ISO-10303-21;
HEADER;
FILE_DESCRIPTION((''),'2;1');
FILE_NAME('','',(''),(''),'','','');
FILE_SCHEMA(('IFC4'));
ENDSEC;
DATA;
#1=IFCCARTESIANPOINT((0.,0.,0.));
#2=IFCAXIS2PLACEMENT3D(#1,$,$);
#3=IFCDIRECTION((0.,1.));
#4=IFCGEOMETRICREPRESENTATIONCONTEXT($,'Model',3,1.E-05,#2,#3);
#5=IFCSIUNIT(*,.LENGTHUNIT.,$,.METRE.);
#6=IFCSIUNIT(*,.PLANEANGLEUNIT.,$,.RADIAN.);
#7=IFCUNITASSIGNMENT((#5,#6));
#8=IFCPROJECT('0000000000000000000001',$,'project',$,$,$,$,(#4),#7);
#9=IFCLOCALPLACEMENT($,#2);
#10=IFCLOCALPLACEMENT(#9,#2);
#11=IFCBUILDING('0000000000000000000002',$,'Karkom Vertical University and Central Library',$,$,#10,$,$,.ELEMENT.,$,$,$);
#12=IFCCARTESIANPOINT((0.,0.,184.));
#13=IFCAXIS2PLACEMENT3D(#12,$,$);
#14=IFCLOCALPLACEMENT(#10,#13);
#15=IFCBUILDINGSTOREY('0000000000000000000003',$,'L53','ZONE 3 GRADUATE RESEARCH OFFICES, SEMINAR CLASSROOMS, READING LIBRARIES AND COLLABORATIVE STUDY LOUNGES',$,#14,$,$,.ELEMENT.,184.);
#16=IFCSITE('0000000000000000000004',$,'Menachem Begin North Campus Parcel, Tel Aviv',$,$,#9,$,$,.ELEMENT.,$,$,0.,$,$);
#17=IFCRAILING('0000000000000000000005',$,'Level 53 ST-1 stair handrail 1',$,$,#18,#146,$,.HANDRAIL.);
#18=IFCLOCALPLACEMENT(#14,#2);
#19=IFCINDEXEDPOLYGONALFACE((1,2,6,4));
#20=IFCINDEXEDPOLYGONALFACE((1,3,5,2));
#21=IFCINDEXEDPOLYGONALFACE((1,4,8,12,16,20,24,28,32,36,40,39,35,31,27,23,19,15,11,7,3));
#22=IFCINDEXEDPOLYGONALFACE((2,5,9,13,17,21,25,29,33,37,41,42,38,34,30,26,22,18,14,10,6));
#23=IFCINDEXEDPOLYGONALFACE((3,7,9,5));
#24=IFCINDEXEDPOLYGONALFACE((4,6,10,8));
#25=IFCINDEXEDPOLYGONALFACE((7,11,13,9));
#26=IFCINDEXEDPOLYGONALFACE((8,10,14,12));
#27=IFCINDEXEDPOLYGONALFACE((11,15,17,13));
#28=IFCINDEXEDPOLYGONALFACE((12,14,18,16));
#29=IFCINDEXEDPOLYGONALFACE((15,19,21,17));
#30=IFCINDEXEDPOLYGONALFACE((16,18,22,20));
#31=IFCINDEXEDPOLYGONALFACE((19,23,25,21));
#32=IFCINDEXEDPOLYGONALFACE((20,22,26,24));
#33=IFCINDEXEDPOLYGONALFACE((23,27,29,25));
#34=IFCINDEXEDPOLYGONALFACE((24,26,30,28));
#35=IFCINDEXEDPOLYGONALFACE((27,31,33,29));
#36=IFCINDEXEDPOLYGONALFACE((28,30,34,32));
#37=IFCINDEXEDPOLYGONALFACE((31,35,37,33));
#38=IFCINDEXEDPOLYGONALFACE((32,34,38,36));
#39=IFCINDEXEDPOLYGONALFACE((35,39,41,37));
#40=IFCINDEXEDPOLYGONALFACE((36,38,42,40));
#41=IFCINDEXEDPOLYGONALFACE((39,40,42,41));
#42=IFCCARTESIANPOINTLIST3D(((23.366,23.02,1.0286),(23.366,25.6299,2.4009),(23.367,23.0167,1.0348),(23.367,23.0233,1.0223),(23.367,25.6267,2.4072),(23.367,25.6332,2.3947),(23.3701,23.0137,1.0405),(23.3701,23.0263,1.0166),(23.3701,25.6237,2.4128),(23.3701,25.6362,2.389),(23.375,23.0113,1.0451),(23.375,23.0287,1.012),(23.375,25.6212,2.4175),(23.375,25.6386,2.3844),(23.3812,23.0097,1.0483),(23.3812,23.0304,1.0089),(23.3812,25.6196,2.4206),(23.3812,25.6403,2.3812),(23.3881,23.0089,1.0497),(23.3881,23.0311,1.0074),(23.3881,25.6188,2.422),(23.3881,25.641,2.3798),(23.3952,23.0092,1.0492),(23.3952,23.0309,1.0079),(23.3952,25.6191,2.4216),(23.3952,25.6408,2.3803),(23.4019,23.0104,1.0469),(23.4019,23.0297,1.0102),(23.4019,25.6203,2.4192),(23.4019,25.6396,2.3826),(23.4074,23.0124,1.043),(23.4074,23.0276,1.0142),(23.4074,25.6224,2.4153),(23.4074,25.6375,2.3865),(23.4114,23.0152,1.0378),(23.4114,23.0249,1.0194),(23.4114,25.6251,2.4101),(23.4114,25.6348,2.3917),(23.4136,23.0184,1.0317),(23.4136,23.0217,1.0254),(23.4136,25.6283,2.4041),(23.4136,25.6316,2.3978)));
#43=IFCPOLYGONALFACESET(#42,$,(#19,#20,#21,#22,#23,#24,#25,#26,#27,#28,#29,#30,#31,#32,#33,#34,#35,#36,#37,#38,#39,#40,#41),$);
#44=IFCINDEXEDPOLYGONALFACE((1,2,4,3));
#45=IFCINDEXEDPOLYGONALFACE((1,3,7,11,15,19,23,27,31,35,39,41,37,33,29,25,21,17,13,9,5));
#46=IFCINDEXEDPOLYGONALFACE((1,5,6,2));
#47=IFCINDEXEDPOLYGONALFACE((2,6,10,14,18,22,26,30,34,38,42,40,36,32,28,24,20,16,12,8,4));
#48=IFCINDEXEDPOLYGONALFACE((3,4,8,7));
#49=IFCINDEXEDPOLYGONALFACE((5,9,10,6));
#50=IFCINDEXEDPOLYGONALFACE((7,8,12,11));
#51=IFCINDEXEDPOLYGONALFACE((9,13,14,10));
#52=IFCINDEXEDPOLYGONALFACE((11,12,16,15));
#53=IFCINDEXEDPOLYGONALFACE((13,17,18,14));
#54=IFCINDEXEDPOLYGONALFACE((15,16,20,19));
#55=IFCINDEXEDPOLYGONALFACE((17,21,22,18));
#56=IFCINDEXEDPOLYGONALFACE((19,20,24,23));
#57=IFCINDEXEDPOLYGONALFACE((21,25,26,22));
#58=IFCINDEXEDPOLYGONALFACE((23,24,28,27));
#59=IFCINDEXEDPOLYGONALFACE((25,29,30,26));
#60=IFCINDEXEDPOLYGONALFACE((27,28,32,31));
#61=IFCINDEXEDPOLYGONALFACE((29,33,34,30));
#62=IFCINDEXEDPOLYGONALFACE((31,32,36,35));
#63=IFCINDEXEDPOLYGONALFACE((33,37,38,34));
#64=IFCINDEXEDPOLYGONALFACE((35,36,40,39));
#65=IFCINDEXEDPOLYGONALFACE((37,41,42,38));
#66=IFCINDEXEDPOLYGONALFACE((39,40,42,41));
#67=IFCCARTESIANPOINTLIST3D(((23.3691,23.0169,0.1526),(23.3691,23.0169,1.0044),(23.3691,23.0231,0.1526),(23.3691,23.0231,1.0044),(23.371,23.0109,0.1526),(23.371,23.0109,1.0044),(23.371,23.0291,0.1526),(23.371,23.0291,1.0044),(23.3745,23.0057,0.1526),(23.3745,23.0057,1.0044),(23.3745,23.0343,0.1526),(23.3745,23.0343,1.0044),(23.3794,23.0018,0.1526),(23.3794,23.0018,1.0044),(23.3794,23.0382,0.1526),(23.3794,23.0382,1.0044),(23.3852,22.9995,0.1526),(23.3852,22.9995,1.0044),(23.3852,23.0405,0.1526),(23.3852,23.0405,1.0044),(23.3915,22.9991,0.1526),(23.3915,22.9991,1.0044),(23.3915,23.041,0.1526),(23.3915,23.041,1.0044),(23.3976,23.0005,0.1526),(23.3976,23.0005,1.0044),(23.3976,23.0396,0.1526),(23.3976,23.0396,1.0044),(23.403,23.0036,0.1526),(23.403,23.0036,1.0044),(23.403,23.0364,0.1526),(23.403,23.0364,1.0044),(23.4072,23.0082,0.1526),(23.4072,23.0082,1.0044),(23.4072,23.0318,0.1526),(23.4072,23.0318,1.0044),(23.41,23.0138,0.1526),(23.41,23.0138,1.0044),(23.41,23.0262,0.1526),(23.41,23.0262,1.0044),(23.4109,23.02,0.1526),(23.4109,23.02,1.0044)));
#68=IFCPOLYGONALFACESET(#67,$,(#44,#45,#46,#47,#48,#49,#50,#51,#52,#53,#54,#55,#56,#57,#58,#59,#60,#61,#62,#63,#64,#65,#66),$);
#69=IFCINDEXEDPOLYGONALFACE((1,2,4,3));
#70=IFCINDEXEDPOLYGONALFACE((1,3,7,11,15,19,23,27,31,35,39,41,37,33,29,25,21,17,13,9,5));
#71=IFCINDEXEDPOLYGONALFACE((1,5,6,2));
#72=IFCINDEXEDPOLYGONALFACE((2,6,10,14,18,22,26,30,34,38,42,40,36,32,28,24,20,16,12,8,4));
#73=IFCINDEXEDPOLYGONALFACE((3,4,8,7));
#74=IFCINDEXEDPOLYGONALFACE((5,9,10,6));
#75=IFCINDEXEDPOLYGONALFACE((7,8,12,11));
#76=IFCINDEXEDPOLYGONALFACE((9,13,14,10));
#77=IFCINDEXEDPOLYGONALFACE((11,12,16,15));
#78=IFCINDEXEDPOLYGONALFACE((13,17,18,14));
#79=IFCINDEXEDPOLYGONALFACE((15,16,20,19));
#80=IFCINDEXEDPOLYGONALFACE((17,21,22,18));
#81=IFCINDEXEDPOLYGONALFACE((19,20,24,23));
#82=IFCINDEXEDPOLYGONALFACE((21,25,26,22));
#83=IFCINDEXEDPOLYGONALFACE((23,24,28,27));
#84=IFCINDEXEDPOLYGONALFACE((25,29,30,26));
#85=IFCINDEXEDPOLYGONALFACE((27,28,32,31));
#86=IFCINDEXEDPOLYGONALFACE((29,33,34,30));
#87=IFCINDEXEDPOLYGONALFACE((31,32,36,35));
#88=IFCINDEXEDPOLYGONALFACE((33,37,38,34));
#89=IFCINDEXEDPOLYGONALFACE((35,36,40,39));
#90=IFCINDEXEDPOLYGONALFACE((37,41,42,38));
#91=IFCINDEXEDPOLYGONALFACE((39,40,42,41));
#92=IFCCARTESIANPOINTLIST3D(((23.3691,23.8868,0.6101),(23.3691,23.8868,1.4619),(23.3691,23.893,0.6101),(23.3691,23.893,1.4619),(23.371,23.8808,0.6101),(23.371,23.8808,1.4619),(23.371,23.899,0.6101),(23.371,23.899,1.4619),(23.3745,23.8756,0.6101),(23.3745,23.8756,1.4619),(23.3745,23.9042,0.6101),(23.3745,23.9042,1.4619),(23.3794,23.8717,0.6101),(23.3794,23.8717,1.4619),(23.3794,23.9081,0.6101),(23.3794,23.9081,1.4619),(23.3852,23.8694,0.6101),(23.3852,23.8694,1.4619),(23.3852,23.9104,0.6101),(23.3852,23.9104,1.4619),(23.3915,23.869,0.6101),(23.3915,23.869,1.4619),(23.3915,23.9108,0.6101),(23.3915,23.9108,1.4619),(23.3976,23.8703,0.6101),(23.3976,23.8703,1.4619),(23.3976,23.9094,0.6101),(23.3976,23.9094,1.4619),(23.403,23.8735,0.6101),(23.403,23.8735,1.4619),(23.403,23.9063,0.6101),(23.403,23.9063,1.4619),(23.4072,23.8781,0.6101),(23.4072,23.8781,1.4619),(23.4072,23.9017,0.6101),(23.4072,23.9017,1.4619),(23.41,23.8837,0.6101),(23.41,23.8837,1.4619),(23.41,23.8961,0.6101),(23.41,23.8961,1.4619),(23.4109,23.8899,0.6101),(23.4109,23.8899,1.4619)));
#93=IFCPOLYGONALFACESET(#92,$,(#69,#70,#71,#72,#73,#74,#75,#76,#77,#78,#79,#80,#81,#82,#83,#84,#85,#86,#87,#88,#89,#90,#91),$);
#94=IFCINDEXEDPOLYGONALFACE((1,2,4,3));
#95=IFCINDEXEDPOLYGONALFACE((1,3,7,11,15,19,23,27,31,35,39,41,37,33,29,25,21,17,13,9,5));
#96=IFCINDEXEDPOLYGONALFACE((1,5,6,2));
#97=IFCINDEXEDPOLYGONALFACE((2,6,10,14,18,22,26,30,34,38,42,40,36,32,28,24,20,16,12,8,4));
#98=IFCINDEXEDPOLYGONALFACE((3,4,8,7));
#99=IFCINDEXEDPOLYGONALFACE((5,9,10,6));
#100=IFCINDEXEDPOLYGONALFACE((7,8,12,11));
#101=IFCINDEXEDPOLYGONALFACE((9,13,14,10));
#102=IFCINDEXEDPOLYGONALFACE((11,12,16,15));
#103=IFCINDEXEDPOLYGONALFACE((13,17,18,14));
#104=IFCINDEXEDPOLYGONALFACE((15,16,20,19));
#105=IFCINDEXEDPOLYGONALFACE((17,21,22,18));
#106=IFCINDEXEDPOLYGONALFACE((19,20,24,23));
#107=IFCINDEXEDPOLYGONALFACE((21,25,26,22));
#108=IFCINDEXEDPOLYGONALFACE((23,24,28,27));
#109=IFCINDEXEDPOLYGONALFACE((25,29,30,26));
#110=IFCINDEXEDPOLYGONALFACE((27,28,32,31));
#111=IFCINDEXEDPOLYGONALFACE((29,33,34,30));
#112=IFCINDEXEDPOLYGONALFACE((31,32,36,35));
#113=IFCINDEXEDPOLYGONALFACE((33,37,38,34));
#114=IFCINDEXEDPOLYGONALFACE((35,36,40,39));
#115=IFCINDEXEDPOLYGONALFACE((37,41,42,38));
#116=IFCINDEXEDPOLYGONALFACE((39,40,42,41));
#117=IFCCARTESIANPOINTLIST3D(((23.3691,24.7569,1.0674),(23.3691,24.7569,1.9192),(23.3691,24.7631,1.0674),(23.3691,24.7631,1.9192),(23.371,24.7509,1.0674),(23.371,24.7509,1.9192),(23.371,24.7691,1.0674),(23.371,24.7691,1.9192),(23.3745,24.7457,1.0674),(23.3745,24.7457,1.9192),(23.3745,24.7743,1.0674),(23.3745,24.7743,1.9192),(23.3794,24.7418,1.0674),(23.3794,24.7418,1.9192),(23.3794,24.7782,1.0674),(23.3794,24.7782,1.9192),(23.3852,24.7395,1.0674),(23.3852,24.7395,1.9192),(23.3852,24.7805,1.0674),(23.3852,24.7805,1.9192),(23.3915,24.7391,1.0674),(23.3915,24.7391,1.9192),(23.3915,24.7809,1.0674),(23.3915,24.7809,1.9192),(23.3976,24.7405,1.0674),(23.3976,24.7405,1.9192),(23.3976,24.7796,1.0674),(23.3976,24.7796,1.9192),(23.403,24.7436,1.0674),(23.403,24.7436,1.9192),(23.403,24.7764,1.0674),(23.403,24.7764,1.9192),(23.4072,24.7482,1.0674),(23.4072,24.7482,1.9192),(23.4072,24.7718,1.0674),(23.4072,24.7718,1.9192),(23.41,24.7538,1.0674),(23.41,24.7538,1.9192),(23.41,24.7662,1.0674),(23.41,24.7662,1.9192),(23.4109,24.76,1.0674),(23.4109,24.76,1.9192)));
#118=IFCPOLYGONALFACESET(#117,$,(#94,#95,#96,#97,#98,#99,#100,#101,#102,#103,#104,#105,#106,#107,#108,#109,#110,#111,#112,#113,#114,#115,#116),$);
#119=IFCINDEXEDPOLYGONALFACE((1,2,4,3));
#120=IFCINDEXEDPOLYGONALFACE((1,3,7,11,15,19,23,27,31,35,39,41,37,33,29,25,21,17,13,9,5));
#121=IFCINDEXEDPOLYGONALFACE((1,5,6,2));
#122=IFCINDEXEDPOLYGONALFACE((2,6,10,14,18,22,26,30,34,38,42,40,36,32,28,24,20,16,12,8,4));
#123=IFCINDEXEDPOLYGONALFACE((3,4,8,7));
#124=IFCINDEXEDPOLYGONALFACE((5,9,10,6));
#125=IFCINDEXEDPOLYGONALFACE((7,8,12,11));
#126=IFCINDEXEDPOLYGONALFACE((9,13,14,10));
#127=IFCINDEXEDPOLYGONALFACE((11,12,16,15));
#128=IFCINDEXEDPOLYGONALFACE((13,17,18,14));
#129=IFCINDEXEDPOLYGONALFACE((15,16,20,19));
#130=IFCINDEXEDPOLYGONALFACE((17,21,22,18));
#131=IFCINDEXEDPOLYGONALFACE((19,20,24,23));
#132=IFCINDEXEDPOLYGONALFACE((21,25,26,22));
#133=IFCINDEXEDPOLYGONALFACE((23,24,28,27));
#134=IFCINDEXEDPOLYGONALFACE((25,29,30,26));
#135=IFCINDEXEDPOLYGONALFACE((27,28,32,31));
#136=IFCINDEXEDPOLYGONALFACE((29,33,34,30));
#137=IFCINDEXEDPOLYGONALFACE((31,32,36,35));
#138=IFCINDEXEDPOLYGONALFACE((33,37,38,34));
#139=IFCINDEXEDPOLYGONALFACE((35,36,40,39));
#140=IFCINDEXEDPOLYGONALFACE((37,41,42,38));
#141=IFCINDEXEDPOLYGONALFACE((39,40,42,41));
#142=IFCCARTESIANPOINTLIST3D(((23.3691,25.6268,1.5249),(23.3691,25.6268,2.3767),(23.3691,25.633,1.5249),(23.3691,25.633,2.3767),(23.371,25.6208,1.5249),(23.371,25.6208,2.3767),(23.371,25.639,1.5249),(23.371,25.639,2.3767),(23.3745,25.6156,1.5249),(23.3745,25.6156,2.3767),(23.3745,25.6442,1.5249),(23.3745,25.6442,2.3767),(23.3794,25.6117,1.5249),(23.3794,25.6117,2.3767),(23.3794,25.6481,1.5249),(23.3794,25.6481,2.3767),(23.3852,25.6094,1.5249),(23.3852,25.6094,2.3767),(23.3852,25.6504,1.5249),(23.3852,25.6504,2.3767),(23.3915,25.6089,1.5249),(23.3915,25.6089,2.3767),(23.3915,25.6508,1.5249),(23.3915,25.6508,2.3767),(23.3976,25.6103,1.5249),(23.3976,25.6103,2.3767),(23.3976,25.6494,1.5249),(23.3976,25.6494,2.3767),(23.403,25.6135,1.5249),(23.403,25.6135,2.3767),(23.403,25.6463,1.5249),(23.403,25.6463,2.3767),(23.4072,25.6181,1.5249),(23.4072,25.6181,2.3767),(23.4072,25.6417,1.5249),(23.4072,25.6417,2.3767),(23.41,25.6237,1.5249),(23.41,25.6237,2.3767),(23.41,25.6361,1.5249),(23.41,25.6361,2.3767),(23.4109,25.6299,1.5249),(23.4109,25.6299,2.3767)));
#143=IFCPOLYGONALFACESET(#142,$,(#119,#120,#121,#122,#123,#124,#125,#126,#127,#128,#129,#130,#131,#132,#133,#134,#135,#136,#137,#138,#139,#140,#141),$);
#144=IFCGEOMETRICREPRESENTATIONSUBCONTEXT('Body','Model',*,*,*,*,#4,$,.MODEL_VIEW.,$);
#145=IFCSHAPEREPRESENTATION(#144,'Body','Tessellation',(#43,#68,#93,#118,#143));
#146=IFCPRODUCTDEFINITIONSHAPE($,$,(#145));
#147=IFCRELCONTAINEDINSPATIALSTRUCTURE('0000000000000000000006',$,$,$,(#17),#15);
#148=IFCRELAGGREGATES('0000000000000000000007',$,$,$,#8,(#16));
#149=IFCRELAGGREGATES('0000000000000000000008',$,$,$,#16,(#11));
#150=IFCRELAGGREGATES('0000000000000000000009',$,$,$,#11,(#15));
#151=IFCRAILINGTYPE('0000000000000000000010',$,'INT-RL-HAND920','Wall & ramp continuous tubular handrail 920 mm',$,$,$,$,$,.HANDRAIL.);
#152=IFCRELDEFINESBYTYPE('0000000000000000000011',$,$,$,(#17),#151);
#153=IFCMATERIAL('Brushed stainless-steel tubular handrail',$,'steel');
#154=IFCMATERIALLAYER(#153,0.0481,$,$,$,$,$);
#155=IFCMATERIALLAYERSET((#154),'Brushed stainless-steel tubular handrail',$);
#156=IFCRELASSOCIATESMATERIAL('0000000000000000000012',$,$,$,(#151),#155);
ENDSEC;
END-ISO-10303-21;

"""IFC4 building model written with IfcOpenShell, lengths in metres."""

from ifc_helpers import new_model, si_unit, direction, frame, origin, origin_2d, place, context, subcontext, project, spatial, circle, extrude, material, layer, layer_set, type_object, element, save


model = new_model("IFC4")

# Units and contexts
model_context = context("Model", 3, precision=1e-05, world=origin(), true_north=direction((0.0, 1.0)))
body_context = subcontext(model_context, "Body", "Model", "MODEL_VIEW")
ifc_project = project(units=[si_unit("LENGTHUNIT", "METRE"), si_unit("PLANEANGLEUNIT", "RADIAN")], contexts=[model_context])

# Site, building, storey
site_placement = place(None, origin())
site = spatial("IfcSite", under=ifc_project, at=site_placement, Name="Menachem Begin North Campus Parcel, Tel Aviv", CompositionType="ELEMENT", RefElevation=0.0)
building_placement = place(site_placement, origin())
building = spatial("IfcBuilding", under=site, at=building_placement, Name="Karkom Vertical University and Central Library", CompositionType="ELEMENT")
storey_placement = place(building_placement, frame((0.0, 0.0, 184.0)))
storey = spatial("IfcBuildingStorey", under=building, at=storey_placement, Name="L53", Description="ZONE 3 GRADUATE RESEARCH OFFICES, SEMINAR CLASSROOMS, READING LIBRARIES AND COLLABORATIVE STUDY LOUNGES", CompositionType="ELEMENT", Elevation=184.0)

# Railing
ifc_material_1 = material(Name="Brushed stainless-steel tubular handrail", Category="steel")
ifc_layer_1 = layer(ifc_material_1, 0.0481)
ifc_layer_set_1 = layer_set([ifc_layer_1], Name="Brushed stainless-steel tubular handrail")
railing_type_1 = type_object("IfcRailingType", Name="INT-RL-HAND920", Description="Wall & ramp continuous tubular handrail 920 mm", PredefinedType="HANDRAIL", material=ifc_layer_set_1)
railing_1_placement = place(storey_placement, frame((23.3899, 23.02, 0.1526)))
element("IfcRailing", 1, at=railing_1_placement, inside=storey, type_object=railing_type_1, Name="Level 53 ST-1 stair handrail 1", PredefinedType="HANDRAIL", context=body_context, shape_type="SweptSolid", body=[
    extrude(circle(Radius=0.0239, at=origin_2d()), frame((0.0, 0.0, 0.876), z_axis=(0.0, 0.8851, 0.465402), x_axis=(-1.0, 0.0, 0.0)), (0.0, 0.0, 1.0), 2.9487),
    extrude(circle(Radius=0.021, at=origin_2d()), origin(), (0.0, 0.0, 1.0), 0.8518),
    extrude(circle(Radius=0.021, at=origin_2d()), frame((0.0, 0.8699, 0.4575)), (0.0, 0.0, 1.0), 0.8518),
    extrude(circle(Radius=0.021, at=origin_2d()), frame((0.0, 1.74, 0.9148)), (0.0, 0.0, 1.0), 0.8518),
    extrude(circle(Radius=0.021, at=origin_2d()), frame((0.0, 2.6099, 1.3723)), (0.0, 0.0, 1.0), 0.8518),
])

save(model, "model.ifc")
